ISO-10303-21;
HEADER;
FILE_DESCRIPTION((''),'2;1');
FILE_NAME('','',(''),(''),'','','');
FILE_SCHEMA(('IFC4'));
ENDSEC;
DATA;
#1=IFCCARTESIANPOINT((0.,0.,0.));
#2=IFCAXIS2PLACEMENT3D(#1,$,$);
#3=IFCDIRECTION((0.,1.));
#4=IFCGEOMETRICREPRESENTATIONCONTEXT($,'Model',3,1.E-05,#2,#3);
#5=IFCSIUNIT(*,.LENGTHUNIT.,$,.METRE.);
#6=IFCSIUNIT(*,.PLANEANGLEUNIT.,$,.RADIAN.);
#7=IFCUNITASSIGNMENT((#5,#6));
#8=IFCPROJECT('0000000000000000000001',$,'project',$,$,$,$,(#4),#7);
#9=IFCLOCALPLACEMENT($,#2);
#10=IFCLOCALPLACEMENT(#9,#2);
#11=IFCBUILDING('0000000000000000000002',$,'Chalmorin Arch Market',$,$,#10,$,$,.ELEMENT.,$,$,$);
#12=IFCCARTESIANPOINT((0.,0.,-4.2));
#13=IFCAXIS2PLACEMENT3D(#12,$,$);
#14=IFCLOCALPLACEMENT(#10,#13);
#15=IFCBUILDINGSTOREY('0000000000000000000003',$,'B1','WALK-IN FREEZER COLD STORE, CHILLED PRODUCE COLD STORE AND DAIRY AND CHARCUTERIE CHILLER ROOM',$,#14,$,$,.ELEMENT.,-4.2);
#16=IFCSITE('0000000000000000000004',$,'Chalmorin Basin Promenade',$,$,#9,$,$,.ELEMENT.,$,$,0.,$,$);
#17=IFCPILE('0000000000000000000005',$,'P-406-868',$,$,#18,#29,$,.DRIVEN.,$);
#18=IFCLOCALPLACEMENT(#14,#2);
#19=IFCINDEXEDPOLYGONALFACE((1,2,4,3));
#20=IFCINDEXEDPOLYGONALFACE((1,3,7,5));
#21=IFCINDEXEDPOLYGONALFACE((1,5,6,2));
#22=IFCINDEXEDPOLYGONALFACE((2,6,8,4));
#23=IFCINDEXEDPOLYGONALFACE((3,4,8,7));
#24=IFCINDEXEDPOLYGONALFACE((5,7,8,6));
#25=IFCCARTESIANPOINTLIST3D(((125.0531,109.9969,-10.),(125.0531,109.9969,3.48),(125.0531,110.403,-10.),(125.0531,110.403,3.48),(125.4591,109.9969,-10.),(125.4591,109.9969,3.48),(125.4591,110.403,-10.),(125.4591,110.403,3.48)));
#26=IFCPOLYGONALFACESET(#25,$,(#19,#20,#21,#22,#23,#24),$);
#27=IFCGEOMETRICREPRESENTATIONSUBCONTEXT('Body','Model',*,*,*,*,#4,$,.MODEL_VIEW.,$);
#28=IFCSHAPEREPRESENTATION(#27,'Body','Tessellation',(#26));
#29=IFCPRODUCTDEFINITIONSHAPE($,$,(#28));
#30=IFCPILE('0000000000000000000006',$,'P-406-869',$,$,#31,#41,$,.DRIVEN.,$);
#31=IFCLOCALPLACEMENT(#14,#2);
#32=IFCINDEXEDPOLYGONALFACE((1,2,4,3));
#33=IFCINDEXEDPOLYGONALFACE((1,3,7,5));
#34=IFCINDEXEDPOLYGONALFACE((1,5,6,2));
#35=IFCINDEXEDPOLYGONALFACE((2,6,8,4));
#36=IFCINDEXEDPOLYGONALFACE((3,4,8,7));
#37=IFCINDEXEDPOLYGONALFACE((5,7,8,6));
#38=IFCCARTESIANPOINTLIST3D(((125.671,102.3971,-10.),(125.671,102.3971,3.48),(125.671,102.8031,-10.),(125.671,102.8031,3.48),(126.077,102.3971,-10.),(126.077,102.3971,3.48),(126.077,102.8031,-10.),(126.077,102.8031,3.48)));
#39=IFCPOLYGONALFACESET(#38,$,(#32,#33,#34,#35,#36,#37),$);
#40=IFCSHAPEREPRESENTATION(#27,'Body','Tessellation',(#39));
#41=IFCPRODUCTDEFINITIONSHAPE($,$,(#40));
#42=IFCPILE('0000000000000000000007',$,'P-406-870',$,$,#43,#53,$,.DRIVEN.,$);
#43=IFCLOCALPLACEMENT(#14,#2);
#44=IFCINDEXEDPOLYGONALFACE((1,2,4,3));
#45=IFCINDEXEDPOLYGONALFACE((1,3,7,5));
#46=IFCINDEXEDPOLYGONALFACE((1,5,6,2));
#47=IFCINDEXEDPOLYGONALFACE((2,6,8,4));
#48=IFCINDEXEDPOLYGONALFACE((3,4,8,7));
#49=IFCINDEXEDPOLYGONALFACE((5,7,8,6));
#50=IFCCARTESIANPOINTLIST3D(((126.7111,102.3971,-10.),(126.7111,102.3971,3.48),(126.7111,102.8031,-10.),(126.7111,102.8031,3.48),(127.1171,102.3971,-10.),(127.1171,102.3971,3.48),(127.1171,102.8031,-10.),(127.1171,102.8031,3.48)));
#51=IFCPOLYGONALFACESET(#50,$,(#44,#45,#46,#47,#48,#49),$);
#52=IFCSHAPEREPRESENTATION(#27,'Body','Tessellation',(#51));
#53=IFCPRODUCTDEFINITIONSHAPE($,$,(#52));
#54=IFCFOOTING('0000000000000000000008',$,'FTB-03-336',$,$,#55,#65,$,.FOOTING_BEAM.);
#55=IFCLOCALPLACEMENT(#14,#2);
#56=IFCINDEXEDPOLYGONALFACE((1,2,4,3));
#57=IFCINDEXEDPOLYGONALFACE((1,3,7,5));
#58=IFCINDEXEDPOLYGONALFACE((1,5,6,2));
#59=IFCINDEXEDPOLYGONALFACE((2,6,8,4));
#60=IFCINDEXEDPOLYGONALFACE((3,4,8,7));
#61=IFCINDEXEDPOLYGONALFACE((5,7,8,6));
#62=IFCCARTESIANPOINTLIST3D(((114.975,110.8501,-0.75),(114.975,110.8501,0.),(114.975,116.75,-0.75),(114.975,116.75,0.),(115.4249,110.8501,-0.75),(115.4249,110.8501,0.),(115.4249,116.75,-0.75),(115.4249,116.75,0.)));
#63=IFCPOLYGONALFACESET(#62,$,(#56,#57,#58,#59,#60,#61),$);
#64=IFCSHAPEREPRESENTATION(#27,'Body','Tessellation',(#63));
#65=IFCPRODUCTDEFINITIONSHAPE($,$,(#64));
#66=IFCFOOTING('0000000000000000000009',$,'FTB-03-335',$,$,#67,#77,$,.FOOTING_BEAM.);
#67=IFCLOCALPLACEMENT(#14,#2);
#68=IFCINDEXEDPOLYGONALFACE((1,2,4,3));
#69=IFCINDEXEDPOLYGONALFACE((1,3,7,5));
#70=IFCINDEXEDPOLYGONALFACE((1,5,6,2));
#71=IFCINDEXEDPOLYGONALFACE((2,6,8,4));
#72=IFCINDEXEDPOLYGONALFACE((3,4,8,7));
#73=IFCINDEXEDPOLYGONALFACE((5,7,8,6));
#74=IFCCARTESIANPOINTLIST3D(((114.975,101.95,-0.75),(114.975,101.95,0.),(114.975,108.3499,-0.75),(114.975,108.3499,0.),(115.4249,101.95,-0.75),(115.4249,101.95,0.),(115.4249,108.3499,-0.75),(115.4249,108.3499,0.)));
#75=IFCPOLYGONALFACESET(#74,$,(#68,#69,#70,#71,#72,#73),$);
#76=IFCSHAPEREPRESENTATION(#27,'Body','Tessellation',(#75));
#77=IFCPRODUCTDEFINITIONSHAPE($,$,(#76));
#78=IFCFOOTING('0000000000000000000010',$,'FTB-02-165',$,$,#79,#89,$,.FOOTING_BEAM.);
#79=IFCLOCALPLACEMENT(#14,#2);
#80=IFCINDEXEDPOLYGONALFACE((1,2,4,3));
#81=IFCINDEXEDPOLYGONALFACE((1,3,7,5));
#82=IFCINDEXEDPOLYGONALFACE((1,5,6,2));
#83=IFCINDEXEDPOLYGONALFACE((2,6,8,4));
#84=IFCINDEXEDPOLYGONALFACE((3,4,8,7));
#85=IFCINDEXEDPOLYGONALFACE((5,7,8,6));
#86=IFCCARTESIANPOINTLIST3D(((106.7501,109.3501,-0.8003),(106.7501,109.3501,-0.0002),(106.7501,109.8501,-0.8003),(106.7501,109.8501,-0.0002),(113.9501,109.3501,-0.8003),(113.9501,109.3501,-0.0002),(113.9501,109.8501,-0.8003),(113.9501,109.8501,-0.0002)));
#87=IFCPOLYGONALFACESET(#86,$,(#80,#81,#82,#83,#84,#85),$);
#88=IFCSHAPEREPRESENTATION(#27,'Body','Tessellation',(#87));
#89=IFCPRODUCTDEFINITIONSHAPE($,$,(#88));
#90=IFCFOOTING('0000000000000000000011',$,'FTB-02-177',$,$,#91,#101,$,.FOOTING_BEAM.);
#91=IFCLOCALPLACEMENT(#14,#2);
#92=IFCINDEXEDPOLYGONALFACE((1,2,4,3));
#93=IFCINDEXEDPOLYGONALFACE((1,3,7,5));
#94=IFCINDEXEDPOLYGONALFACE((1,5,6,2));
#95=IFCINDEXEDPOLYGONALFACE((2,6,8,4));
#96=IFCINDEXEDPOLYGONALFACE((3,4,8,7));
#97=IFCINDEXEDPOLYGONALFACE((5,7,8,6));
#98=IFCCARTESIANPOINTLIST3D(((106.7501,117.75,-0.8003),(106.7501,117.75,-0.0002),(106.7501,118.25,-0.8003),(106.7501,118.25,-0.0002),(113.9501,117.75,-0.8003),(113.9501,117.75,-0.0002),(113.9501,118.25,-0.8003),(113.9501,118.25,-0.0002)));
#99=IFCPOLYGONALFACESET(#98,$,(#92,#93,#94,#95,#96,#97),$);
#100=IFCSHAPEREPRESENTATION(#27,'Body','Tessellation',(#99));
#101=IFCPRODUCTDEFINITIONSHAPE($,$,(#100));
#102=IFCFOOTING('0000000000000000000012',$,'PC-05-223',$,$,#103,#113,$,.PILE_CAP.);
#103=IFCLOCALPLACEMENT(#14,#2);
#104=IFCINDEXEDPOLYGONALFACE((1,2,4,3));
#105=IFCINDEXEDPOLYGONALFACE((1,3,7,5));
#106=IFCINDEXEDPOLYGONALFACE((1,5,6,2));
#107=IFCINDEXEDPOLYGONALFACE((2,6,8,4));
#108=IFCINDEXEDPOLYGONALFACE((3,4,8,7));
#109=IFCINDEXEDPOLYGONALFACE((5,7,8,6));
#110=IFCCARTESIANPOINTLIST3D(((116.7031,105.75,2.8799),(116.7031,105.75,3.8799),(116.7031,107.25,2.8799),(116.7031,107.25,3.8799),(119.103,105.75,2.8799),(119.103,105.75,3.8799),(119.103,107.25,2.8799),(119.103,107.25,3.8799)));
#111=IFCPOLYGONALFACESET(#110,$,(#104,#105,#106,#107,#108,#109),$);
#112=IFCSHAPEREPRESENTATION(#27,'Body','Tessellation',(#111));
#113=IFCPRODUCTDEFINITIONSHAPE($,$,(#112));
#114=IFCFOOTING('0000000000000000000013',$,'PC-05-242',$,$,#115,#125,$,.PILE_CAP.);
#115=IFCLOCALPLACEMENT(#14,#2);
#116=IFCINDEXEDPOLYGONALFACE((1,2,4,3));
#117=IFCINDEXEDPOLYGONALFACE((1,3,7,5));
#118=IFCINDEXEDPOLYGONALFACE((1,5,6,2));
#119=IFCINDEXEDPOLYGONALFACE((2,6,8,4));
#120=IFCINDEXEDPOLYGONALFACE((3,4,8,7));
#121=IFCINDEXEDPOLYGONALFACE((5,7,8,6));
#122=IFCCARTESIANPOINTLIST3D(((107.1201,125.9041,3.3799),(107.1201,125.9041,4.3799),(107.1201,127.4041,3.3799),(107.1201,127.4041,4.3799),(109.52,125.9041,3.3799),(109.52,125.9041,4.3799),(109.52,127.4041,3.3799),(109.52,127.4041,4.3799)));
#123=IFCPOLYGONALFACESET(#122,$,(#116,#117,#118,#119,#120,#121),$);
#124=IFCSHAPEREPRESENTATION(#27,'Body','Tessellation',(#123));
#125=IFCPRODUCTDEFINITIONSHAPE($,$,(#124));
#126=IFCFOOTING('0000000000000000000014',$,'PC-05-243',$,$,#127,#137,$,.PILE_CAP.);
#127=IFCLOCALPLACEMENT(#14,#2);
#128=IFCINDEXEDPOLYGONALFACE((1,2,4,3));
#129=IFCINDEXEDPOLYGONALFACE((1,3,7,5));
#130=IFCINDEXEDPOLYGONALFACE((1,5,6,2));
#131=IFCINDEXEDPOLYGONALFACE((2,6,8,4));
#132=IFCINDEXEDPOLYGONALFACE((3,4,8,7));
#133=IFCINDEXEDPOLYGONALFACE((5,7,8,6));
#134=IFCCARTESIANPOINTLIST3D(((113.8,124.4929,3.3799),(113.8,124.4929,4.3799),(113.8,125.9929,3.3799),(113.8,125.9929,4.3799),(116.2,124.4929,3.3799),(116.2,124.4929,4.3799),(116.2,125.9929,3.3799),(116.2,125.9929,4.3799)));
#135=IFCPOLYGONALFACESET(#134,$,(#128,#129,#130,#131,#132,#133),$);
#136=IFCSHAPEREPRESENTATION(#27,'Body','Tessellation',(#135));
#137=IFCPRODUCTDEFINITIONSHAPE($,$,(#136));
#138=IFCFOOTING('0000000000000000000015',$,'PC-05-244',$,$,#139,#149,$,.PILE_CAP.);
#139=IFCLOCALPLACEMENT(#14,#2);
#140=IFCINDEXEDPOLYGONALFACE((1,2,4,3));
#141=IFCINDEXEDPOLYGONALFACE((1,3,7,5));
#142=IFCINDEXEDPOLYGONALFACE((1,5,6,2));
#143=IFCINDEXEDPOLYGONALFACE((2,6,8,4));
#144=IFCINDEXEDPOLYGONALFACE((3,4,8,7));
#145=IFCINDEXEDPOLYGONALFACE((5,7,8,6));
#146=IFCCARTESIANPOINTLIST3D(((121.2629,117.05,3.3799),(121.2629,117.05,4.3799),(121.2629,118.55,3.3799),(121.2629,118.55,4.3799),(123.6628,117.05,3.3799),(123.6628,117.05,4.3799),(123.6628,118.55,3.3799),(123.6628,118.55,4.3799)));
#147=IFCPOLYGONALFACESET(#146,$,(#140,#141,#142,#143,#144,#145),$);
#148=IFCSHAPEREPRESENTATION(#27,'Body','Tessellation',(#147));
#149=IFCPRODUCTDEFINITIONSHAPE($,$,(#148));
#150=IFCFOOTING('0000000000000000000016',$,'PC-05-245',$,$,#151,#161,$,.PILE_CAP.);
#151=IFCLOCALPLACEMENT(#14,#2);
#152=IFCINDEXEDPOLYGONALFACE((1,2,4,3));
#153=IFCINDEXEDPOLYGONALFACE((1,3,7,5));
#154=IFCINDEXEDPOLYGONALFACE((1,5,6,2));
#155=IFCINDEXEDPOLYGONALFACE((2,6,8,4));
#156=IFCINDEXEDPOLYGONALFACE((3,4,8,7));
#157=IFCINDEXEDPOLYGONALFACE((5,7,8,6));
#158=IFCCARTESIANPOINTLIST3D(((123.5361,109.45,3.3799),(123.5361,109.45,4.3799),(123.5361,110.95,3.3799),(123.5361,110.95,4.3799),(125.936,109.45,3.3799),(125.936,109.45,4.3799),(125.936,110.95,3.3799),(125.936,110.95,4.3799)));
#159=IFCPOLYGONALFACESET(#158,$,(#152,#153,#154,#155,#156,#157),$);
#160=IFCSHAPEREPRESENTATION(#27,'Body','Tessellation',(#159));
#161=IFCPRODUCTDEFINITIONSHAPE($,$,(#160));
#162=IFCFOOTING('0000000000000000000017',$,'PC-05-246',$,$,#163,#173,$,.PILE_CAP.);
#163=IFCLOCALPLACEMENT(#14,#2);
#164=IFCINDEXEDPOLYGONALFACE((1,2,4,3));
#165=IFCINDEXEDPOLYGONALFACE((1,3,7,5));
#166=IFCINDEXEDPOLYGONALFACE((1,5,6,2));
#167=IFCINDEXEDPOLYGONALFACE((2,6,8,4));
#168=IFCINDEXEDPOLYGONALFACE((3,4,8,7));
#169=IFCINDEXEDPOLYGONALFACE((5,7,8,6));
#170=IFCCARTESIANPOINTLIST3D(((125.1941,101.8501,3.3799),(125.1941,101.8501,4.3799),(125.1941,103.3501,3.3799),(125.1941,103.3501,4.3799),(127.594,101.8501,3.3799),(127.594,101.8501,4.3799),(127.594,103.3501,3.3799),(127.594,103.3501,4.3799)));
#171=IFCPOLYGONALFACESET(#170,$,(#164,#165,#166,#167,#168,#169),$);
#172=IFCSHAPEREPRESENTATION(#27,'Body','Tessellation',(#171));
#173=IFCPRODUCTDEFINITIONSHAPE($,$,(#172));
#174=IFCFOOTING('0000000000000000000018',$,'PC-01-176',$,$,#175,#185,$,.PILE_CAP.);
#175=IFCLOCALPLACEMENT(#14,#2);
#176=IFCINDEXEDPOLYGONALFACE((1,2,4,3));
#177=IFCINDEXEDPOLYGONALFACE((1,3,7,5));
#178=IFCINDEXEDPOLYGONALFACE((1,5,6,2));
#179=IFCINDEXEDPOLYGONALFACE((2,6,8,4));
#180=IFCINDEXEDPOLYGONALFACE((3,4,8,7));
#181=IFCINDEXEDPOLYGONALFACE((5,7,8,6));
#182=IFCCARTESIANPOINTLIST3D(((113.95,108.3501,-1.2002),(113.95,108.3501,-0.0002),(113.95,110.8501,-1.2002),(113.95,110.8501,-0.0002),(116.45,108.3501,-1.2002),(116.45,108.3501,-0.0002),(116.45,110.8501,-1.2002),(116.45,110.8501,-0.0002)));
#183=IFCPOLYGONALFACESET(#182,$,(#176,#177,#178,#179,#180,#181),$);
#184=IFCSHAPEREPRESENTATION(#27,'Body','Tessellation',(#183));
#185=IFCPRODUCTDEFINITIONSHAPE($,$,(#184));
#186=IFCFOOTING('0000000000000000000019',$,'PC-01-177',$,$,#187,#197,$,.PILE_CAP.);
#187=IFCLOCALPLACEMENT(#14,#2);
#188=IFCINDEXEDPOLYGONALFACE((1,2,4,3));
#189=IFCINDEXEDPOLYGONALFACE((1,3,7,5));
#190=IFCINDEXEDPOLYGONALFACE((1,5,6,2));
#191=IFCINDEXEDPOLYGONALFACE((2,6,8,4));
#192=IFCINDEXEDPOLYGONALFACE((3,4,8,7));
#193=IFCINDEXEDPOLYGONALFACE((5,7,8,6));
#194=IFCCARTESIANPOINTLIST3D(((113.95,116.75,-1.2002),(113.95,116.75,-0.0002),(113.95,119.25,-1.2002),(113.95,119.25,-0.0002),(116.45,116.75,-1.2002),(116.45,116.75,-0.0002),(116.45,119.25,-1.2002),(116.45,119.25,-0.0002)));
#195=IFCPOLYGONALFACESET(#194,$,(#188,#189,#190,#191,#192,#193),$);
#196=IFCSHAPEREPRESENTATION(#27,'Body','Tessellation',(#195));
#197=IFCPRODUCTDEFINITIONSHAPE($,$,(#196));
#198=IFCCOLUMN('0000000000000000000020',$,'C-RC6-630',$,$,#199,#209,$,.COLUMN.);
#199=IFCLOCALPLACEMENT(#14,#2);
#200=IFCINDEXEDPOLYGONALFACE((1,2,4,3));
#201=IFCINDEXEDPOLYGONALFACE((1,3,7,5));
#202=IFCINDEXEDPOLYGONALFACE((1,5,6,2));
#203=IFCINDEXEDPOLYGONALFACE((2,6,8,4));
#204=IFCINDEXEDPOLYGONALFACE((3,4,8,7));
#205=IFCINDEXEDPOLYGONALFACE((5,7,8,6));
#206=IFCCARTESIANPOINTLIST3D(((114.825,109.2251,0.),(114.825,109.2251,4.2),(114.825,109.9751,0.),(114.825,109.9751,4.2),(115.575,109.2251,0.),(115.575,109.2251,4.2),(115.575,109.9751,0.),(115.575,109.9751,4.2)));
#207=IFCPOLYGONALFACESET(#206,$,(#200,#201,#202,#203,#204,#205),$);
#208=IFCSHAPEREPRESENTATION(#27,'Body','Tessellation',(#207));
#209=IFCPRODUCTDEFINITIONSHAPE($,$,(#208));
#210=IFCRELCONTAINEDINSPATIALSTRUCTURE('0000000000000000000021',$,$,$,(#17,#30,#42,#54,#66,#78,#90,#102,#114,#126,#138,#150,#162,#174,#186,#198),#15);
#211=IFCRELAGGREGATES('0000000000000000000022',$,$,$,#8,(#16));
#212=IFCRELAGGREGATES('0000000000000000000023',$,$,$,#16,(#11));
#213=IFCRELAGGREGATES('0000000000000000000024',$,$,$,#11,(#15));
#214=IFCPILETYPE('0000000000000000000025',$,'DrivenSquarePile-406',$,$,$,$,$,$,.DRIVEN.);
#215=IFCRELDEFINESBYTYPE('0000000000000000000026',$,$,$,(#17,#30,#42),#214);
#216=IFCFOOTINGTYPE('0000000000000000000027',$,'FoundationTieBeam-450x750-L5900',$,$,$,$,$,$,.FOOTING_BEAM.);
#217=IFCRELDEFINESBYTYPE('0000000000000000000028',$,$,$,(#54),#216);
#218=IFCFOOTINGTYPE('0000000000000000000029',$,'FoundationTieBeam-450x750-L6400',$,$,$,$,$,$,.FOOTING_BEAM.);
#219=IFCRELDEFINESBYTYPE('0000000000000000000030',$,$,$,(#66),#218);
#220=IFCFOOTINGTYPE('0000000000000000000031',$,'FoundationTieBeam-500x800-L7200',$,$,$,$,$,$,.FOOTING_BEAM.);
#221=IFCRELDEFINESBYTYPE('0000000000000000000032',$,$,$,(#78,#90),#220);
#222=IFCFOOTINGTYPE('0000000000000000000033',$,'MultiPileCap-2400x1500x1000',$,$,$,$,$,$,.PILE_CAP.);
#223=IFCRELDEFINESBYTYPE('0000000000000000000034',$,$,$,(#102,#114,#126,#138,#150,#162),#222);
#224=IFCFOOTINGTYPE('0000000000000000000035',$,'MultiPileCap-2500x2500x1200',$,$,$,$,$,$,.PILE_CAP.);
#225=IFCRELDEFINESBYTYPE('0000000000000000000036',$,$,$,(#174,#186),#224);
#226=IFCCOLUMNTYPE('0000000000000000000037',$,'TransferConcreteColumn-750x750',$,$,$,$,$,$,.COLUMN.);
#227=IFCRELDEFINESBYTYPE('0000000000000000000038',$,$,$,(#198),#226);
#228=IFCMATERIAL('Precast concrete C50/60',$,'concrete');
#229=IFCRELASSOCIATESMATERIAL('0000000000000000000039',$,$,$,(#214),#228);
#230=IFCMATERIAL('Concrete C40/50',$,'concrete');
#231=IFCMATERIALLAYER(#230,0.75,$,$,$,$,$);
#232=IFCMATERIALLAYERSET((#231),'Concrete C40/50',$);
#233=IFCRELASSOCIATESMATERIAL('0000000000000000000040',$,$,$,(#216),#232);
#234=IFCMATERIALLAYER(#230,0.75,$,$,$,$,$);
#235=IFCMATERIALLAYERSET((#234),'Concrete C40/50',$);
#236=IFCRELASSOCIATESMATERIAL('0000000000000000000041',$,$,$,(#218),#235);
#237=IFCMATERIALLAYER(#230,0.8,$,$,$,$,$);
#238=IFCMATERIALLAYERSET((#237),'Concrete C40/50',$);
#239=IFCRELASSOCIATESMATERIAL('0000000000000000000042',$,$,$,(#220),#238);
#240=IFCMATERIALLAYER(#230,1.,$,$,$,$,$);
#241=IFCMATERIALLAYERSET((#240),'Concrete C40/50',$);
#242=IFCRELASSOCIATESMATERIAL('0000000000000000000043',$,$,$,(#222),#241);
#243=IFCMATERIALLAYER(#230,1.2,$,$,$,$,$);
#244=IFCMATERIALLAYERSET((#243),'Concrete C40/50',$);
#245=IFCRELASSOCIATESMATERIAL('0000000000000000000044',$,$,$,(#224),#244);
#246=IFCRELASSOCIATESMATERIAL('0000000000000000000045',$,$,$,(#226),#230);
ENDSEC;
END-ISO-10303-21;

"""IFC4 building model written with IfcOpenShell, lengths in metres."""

from ifc_helpers import new_model, si_unit, direction, frame, origin, origin_2d, place, context, subcontext, project, spatial, rectangle, extrude, material, layer, layer_set, material_profile, profile_set, type_object, element, save


model = new_model("IFC4")

# Units and contexts
model_context = context("Model", 3, precision=1e-05, world=origin(), true_north=direction((0.0, 1.0)))
body_context = subcontext(model_context, "Body", "Model", "MODEL_VIEW")
ifc_project = project(units=[si_unit("LENGTHUNIT", "METRE"), si_unit("PLANEANGLEUNIT", "RADIAN")], contexts=[model_context])

# Site, building, storey
site_placement = place(None, origin())
site = spatial("IfcSite", under=ifc_project, at=site_placement, Name="Chalmorin Basin Promenade", CompositionType="ELEMENT", RefElevation=0.0)
building_placement = place(site_placement, origin())
building = spatial("IfcBuilding", under=site, at=building_placement, Name="Chalmorin Arch Market", CompositionType="ELEMENT")
storey_placement = place(building_placement, frame((0.0, 0.0, -4.2)))
storey = spatial("IfcBuildingStorey", under=building, at=storey_placement, Name="B1", Description="WALK-IN FREEZER COLD STORE, CHILLED PRODUCE COLD STORE AND DAIRY AND CHARCUTERIE CHILLER ROOM", CompositionType="ELEMENT", Elevation=-4.2)

# Piles
ifc_material_1 = material(Name="Precast concrete C50/60", Category="concrete")
ifc_material_profile_1 = material_profile(ifc_material_1, rectangle(XDim=0.406, YDim=0.406, at=origin_2d()), Name="PPC406")
ifc_profile_set_1 = profile_set([ifc_material_profile_1], Name="Precast concrete C50/60")
pile_type = type_object("IfcPileType", Name="DrivenSquarePile-406", PredefinedType="DRIVEN", material=ifc_profile_set_1)
for number, where, z_axis, x_axis, name in (
    (1, (125.2561, 110.2, 3.48), (0.0, 0.0, -1.0), (1.0, 0.0, 0.0), "P-406-868"),
    (2, (125.874, 102.6001, 3.48), (0.0, 0.0, -1.0), (1.0, 0.0, 0.0), "P-406-869"),
    (3, (126.9141, 102.6001, 3.48), (0.0, 0.0, -1.0), (1.0, 0.0, 0.0), "P-406-870"),
):
    element("IfcPile", number, at=place(storey_placement, frame(where, z_axis=z_axis, x_axis=x_axis)), inside=storey, type_object=pile_type, Name=name, PredefinedType="DRIVEN", context=body_context, shape_type="SweptSolid", body=[
        extrude(rectangle(XDim=0.406, YDim=0.406, at=origin_2d()), origin(), (0.0, 0.0, 1.0), 13.48),
    ])

# Footings
ifc_material_2 = material(Name="Concrete C40/50", Category="concrete")
ifc_layer_1 = layer(ifc_material_2, 0.75)
ifc_layer_set_1 = layer_set([ifc_layer_1], Name="Concrete C40/50")
footing_type_1 = type_object("IfcFootingType", Name="FoundationTieBeam-450x750-L5900", PredefinedType="FOOTING_BEAM", material=ifc_layer_set_1)
footing_1_placement = place(storey_placement, frame((115.2, 113.8, -0.75), z_axis=(0.0, 0.0, 1.0), x_axis=(0.0, 1.0, 0.0)))
element("IfcFooting", 4, at=footing_1_placement, inside=storey, type_object=footing_type_1, Name="FTB-03-336", PredefinedType="FOOTING_BEAM", context=body_context, shape_type="SweptSolid", body=[
    extrude(rectangle(XDim=5.8999, YDim=0.45, at=origin_2d()), origin(), (0.0, 0.0, 1.0), 0.75),
])
ifc_layer_2 = layer(ifc_material_2, 0.75)
ifc_layer_set_2 = layer_set([ifc_layer_2], Name="Concrete C40/50")
footing_type_2 = type_object("IfcFootingType", Name="FoundationTieBeam-450x750-L6400", PredefinedType="FOOTING_BEAM", material=ifc_layer_set_2)
footing_2_placement = place(storey_placement, frame((115.2, 105.1499, -0.75), z_axis=(0.0, 0.0, 1.0), x_axis=(0.0, 1.0, 0.0)))
element("IfcFooting", 5, at=footing_2_placement, inside=storey, type_object=footing_type_2, Name="FTB-03-335", PredefinedType="FOOTING_BEAM", context=body_context, shape_type="SweptSolid", body=[
    extrude(rectangle(XDim=6.3999, YDim=0.45, at=origin_2d()), origin(), (0.0, 0.0, 1.0), 0.75),
])
ifc_layer_3 = layer(ifc_material_2, 0.8)
ifc_layer_set_3 = layer_set([ifc_layer_3], Name="Concrete C40/50")
footing_type_3 = type_object("IfcFootingType", Name="FoundationTieBeam-500x800-L7200", PredefinedType="FOOTING_BEAM", material=ifc_layer_set_3)
for number, where, z_axis, x_axis, name in (
    (6, (110.3501, 109.6001, -0.8003), (0.0, 0.0, 1.0), (1.0, 0.0, 0.0), "FTB-02-165"),
    (7, (110.3501, 118.0, -0.8003), (0.0, 0.0, 1.0), (1.0, 0.0, 0.0), "FTB-02-177"),
):
    element("IfcFooting", number, at=place(storey_placement, frame(where, z_axis=z_axis, x_axis=x_axis)), inside=storey, type_object=footing_type_3, Name=name, PredefinedType="FOOTING_BEAM", context=body_context, shape_type="SweptSolid", body=[
        extrude(rectangle(XDim=7.2, YDim=0.5, at=origin_2d()), origin(), (0.0, 0.0, 1.0), 0.8),
    ])
ifc_layer_4 = layer(ifc_material_2, 1.0)
ifc_layer_set_4 = layer_set([ifc_layer_4], Name="Concrete C40/50")
footing_type_4 = type_object("IfcFootingType", Name="MultiPileCap-2400x1500x1000", PredefinedType="PILE_CAP", material=ifc_layer_set_4)
for number, where, z_axis, x_axis, name in (
    (8, (117.9031, 106.5, 2.8799), (0.0, 0.0, 1.0), (1.0, 0.0, 0.0), "PC-05-223"),
    (9, (108.3201, 126.6541, 3.3799), (0.0, 0.0, 1.0), (1.0, 0.0, 0.0), "PC-05-242"),
    (10, (115.0, 125.2429, 3.3799), (0.0, 0.0, 1.0), (1.0, 0.0, 0.0), "PC-05-243"),
    (11, (122.4629, 117.8, 3.3799), (0.0, 0.0, 1.0), (1.0, 0.0, 0.0), "PC-05-244"),
    (12, (124.7361, 110.2, 3.3799), (0.0, 0.0, 1.0), (1.0, 0.0, 0.0), "PC-05-245"),
    (13, (126.394, 102.6001, 3.3799), (0.0, 0.0, 1.0), (1.0, 0.0, 0.0), "PC-05-246"),
):
    element("IfcFooting", number, at=place(storey_placement, frame(where, z_axis=z_axis, x_axis=x_axis)), inside=storey, type_object=footing_type_4, Name=name, PredefinedType="PILE_CAP", context=body_context, shape_type="SweptSolid", body=[
        extrude(rectangle(XDim=2.3999, YDim=1.5, at=origin_2d()), origin(), (0.0, 0.0, 1.0), 1.0),
    ])
ifc_layer_5 = layer(ifc_material_2, 1.2)
ifc_layer_set_5 = layer_set([ifc_layer_5], Name="Concrete C40/50")
footing_type_5 = type_object("IfcFootingType", Name="MultiPileCap-2500x2500x1200", PredefinedType="PILE_CAP", material=ifc_layer_set_5)
for number, where, z_axis, x_axis, name in (
    (14, (115.2, 109.6001, -1.2002), (0.0, 0.0, 1.0), (1.0, 0.0, 0.0), "PC-01-176"),
    (15, (115.2, 118.0, -1.2002), (0.0, 0.0, 1.0), (1.0, 0.0, 0.0), "PC-01-177"),
):
    element("IfcFooting", number, at=place(storey_placement, frame(where, z_axis=z_axis, x_axis=x_axis)), inside=storey, type_object=footing_type_5, Name=name, PredefinedType="PILE_CAP", context=body_context, shape_type="SweptSolid", body=[
        extrude(rectangle(XDim=2.5, YDim=2.5, at=origin_2d()), origin(), (0.0, 0.0, 1.0), 1.2),
    ])

# Column
ifc_material_profile_2 = material_profile(ifc_material_2, rectangle(XDim=0.75, YDim=0.75, at=origin_2d()), Name="RC750X750")
ifc_profile_set_2 = profile_set([ifc_material_profile_2], Name="Concrete C40/50")
column_type = type_object("IfcColumnType", Name="TransferConcreteColumn-750x750", PredefinedType="COLUMN", material=ifc_profile_set_2)
for number, where, z_axis, x_axis, name in (
    (16, (115.2, 109.6001, 0.0), (0.0, 0.0, 1.0), (1.0, 0.0, 0.0), "C-RC6-630"),
):
    element("IfcColumn", number, at=place(storey_placement, frame(where, z_axis=z_axis, x_axis=x_axis)), inside=storey, type_object=column_type, Name=name, PredefinedType="COLUMN", context=body_context, shape_type="SweptSolid", body=[
        extrude(rectangle(XDim=0.75, YDim=0.75, at=origin_2d()), origin(), (0.0, 0.0, 1.0), 4.2),
    ])

save(model, "model.ifc")
